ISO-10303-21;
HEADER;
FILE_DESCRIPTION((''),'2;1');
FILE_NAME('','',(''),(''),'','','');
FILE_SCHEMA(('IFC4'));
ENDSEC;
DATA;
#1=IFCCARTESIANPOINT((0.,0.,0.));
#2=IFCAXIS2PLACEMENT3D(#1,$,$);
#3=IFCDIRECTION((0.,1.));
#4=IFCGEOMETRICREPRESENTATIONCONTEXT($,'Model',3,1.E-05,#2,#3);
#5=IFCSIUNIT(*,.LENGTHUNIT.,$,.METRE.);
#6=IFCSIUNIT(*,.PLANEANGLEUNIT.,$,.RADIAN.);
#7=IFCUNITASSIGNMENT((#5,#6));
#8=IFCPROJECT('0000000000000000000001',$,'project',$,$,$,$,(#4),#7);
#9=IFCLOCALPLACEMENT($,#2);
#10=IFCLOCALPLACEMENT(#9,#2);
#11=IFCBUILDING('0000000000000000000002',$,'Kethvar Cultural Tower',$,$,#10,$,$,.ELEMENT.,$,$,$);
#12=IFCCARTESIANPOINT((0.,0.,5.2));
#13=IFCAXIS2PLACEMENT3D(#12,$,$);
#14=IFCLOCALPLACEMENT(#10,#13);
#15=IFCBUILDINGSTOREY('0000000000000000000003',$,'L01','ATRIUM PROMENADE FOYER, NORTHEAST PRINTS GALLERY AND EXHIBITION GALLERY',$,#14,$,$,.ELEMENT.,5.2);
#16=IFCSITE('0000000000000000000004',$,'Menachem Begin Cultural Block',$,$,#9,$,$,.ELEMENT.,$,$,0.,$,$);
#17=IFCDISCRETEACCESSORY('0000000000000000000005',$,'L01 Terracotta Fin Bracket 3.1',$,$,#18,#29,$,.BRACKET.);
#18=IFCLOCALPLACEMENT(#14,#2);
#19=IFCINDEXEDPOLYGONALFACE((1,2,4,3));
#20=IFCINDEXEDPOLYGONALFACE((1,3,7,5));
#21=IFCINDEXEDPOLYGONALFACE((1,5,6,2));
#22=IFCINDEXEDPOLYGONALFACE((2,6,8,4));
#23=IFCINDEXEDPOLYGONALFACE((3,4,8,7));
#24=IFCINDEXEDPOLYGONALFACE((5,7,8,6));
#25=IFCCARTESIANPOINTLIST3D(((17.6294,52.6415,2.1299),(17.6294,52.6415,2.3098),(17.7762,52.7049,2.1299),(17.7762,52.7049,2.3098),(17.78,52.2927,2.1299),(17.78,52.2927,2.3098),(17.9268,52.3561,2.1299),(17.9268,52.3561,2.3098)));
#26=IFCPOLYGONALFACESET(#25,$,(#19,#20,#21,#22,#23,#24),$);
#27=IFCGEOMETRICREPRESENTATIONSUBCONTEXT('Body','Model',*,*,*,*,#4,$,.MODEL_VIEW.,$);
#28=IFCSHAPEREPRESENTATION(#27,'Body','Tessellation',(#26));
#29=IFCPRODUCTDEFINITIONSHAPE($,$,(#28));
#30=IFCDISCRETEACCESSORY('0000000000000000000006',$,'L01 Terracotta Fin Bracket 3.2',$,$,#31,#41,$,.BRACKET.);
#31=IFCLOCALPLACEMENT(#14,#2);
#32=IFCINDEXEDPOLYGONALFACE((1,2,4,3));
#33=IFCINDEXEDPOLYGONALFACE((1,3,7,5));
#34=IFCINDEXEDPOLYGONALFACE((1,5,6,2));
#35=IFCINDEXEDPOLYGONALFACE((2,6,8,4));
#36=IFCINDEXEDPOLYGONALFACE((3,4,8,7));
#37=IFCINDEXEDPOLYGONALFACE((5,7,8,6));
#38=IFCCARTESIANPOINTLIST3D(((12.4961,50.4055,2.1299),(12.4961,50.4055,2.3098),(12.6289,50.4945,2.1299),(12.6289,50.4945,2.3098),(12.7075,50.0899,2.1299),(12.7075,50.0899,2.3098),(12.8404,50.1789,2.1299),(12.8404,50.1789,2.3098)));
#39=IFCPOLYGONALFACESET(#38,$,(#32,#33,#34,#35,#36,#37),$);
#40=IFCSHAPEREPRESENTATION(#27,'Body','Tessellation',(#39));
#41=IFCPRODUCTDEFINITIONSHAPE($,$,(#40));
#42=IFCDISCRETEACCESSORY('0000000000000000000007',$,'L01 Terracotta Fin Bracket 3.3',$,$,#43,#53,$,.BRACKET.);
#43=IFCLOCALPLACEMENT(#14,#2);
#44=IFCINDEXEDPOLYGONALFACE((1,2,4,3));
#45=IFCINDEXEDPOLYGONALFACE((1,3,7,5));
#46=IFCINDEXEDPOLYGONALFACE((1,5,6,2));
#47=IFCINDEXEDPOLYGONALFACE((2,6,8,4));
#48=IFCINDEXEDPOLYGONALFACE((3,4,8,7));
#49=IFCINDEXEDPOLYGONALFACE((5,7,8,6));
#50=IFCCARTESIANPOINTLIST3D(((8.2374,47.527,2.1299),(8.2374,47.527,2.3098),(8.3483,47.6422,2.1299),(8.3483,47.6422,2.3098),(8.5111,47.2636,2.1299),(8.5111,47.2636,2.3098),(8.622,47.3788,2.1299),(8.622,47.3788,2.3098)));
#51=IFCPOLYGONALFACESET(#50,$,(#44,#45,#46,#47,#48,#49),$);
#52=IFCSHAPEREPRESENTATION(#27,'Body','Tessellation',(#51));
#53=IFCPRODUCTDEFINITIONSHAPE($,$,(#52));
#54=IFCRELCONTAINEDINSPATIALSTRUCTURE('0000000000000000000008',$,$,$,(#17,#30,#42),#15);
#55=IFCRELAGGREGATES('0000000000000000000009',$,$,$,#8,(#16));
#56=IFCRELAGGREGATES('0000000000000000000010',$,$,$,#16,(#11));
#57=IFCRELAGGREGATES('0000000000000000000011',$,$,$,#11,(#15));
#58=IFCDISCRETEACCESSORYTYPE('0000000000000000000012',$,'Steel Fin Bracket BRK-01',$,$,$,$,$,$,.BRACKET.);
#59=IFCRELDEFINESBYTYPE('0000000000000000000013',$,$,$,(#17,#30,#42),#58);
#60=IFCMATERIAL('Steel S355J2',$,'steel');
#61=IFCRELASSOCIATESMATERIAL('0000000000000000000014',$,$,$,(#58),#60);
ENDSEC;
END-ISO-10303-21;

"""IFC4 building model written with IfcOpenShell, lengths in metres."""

from ifc_helpers import new_model, si_unit, direction, frame, origin, origin_2d, place, context, subcontext, project, spatial, rectangle, extrude, source, transform, mapped, material, type_object, element, save


model = new_model("IFC4")

# Units and contexts
model_context = context("Model", 3, precision=1e-05, world=origin(), true_north=direction((0.0, 1.0)))
body_context = subcontext(model_context, "Body", "Model", "MODEL_VIEW")
ifc_project = project(units=[si_unit("LENGTHUNIT", "METRE"), si_unit("PLANEANGLEUNIT", "RADIAN")], contexts=[model_context])

# Site, building, storey
site_placement = place(None, origin())
site = spatial("IfcSite", under=ifc_project, at=site_placement, Name="Menachem Begin Cultural Block", CompositionType="ELEMENT", RefElevation=0.0)
building_placement = place(site_placement, origin())
building = spatial("IfcBuilding", under=site, at=building_placement, Name="Kethvar Cultural Tower", CompositionType="ELEMENT")
storey_placement = place(building_placement, frame((0.0, 0.0, 5.2)))
storey = spatial("IfcBuildingStorey", under=building, at=storey_placement, Name="L01", Description="ATRIUM PROMENADE FOYER, NORTHEAST PRINTS GALLERY AND EXHIBITION GALLERY", CompositionType="ELEMENT", Elevation=5.2)

# Shared definitions
ifc_material_1 = material(Name="Steel S355J2", Category="steel")

# Discrete accessories
discrete_accessory_type = type_object("IfcDiscreteAccessoryType", Name="Steel Fin Bracket BRK-01", PredefinedType="BRACKET", material=ifc_material_1)
shared_shape_1 = source(origin(), body_context, "Body", "SweptSolid", [
    extrude(rectangle(XDim=0.3799, YDim=0.1599, at=origin_2d()), origin(), (0.0, 0.0, 1.0), 0.1799),
])
for number, where, z_axis, x_axis, name in (
    (1, (17.7781, 52.4988, 2.1299), (0.0, 0.0, 1.0), (-0.396347, 0.918101, 0.0), "L01 Terracotta Fin Bracket 3.1"),
    (2, (12.6682, 50.2922, 2.1299), (0.0, 0.0, 1.0), (-0.556586, 0.83079, 0.0), "L01 Terracotta Fin Bracket 3.2"),
    (3, (8.4297, 47.4529, 2.1299), (0.0, 0.0, 1.0), (-0.720551, 0.693402, 0.0), "L01 Terracotta Fin Bracket 3.3"),
):
    element("IfcDiscreteAccessory", number, at=place(storey_placement, frame(where, z_axis=z_axis, x_axis=x_axis)), inside=storey, type_object=discrete_accessory_type, Name=name, PredefinedType="BRACKET", context=body_context, shape_type="MappedRepresentation", body=[
        mapped(shared_shape_1, transform((0.0, 0.0, 0.0), scale=1.0)),
    ])

save(model, "model.ifc")
